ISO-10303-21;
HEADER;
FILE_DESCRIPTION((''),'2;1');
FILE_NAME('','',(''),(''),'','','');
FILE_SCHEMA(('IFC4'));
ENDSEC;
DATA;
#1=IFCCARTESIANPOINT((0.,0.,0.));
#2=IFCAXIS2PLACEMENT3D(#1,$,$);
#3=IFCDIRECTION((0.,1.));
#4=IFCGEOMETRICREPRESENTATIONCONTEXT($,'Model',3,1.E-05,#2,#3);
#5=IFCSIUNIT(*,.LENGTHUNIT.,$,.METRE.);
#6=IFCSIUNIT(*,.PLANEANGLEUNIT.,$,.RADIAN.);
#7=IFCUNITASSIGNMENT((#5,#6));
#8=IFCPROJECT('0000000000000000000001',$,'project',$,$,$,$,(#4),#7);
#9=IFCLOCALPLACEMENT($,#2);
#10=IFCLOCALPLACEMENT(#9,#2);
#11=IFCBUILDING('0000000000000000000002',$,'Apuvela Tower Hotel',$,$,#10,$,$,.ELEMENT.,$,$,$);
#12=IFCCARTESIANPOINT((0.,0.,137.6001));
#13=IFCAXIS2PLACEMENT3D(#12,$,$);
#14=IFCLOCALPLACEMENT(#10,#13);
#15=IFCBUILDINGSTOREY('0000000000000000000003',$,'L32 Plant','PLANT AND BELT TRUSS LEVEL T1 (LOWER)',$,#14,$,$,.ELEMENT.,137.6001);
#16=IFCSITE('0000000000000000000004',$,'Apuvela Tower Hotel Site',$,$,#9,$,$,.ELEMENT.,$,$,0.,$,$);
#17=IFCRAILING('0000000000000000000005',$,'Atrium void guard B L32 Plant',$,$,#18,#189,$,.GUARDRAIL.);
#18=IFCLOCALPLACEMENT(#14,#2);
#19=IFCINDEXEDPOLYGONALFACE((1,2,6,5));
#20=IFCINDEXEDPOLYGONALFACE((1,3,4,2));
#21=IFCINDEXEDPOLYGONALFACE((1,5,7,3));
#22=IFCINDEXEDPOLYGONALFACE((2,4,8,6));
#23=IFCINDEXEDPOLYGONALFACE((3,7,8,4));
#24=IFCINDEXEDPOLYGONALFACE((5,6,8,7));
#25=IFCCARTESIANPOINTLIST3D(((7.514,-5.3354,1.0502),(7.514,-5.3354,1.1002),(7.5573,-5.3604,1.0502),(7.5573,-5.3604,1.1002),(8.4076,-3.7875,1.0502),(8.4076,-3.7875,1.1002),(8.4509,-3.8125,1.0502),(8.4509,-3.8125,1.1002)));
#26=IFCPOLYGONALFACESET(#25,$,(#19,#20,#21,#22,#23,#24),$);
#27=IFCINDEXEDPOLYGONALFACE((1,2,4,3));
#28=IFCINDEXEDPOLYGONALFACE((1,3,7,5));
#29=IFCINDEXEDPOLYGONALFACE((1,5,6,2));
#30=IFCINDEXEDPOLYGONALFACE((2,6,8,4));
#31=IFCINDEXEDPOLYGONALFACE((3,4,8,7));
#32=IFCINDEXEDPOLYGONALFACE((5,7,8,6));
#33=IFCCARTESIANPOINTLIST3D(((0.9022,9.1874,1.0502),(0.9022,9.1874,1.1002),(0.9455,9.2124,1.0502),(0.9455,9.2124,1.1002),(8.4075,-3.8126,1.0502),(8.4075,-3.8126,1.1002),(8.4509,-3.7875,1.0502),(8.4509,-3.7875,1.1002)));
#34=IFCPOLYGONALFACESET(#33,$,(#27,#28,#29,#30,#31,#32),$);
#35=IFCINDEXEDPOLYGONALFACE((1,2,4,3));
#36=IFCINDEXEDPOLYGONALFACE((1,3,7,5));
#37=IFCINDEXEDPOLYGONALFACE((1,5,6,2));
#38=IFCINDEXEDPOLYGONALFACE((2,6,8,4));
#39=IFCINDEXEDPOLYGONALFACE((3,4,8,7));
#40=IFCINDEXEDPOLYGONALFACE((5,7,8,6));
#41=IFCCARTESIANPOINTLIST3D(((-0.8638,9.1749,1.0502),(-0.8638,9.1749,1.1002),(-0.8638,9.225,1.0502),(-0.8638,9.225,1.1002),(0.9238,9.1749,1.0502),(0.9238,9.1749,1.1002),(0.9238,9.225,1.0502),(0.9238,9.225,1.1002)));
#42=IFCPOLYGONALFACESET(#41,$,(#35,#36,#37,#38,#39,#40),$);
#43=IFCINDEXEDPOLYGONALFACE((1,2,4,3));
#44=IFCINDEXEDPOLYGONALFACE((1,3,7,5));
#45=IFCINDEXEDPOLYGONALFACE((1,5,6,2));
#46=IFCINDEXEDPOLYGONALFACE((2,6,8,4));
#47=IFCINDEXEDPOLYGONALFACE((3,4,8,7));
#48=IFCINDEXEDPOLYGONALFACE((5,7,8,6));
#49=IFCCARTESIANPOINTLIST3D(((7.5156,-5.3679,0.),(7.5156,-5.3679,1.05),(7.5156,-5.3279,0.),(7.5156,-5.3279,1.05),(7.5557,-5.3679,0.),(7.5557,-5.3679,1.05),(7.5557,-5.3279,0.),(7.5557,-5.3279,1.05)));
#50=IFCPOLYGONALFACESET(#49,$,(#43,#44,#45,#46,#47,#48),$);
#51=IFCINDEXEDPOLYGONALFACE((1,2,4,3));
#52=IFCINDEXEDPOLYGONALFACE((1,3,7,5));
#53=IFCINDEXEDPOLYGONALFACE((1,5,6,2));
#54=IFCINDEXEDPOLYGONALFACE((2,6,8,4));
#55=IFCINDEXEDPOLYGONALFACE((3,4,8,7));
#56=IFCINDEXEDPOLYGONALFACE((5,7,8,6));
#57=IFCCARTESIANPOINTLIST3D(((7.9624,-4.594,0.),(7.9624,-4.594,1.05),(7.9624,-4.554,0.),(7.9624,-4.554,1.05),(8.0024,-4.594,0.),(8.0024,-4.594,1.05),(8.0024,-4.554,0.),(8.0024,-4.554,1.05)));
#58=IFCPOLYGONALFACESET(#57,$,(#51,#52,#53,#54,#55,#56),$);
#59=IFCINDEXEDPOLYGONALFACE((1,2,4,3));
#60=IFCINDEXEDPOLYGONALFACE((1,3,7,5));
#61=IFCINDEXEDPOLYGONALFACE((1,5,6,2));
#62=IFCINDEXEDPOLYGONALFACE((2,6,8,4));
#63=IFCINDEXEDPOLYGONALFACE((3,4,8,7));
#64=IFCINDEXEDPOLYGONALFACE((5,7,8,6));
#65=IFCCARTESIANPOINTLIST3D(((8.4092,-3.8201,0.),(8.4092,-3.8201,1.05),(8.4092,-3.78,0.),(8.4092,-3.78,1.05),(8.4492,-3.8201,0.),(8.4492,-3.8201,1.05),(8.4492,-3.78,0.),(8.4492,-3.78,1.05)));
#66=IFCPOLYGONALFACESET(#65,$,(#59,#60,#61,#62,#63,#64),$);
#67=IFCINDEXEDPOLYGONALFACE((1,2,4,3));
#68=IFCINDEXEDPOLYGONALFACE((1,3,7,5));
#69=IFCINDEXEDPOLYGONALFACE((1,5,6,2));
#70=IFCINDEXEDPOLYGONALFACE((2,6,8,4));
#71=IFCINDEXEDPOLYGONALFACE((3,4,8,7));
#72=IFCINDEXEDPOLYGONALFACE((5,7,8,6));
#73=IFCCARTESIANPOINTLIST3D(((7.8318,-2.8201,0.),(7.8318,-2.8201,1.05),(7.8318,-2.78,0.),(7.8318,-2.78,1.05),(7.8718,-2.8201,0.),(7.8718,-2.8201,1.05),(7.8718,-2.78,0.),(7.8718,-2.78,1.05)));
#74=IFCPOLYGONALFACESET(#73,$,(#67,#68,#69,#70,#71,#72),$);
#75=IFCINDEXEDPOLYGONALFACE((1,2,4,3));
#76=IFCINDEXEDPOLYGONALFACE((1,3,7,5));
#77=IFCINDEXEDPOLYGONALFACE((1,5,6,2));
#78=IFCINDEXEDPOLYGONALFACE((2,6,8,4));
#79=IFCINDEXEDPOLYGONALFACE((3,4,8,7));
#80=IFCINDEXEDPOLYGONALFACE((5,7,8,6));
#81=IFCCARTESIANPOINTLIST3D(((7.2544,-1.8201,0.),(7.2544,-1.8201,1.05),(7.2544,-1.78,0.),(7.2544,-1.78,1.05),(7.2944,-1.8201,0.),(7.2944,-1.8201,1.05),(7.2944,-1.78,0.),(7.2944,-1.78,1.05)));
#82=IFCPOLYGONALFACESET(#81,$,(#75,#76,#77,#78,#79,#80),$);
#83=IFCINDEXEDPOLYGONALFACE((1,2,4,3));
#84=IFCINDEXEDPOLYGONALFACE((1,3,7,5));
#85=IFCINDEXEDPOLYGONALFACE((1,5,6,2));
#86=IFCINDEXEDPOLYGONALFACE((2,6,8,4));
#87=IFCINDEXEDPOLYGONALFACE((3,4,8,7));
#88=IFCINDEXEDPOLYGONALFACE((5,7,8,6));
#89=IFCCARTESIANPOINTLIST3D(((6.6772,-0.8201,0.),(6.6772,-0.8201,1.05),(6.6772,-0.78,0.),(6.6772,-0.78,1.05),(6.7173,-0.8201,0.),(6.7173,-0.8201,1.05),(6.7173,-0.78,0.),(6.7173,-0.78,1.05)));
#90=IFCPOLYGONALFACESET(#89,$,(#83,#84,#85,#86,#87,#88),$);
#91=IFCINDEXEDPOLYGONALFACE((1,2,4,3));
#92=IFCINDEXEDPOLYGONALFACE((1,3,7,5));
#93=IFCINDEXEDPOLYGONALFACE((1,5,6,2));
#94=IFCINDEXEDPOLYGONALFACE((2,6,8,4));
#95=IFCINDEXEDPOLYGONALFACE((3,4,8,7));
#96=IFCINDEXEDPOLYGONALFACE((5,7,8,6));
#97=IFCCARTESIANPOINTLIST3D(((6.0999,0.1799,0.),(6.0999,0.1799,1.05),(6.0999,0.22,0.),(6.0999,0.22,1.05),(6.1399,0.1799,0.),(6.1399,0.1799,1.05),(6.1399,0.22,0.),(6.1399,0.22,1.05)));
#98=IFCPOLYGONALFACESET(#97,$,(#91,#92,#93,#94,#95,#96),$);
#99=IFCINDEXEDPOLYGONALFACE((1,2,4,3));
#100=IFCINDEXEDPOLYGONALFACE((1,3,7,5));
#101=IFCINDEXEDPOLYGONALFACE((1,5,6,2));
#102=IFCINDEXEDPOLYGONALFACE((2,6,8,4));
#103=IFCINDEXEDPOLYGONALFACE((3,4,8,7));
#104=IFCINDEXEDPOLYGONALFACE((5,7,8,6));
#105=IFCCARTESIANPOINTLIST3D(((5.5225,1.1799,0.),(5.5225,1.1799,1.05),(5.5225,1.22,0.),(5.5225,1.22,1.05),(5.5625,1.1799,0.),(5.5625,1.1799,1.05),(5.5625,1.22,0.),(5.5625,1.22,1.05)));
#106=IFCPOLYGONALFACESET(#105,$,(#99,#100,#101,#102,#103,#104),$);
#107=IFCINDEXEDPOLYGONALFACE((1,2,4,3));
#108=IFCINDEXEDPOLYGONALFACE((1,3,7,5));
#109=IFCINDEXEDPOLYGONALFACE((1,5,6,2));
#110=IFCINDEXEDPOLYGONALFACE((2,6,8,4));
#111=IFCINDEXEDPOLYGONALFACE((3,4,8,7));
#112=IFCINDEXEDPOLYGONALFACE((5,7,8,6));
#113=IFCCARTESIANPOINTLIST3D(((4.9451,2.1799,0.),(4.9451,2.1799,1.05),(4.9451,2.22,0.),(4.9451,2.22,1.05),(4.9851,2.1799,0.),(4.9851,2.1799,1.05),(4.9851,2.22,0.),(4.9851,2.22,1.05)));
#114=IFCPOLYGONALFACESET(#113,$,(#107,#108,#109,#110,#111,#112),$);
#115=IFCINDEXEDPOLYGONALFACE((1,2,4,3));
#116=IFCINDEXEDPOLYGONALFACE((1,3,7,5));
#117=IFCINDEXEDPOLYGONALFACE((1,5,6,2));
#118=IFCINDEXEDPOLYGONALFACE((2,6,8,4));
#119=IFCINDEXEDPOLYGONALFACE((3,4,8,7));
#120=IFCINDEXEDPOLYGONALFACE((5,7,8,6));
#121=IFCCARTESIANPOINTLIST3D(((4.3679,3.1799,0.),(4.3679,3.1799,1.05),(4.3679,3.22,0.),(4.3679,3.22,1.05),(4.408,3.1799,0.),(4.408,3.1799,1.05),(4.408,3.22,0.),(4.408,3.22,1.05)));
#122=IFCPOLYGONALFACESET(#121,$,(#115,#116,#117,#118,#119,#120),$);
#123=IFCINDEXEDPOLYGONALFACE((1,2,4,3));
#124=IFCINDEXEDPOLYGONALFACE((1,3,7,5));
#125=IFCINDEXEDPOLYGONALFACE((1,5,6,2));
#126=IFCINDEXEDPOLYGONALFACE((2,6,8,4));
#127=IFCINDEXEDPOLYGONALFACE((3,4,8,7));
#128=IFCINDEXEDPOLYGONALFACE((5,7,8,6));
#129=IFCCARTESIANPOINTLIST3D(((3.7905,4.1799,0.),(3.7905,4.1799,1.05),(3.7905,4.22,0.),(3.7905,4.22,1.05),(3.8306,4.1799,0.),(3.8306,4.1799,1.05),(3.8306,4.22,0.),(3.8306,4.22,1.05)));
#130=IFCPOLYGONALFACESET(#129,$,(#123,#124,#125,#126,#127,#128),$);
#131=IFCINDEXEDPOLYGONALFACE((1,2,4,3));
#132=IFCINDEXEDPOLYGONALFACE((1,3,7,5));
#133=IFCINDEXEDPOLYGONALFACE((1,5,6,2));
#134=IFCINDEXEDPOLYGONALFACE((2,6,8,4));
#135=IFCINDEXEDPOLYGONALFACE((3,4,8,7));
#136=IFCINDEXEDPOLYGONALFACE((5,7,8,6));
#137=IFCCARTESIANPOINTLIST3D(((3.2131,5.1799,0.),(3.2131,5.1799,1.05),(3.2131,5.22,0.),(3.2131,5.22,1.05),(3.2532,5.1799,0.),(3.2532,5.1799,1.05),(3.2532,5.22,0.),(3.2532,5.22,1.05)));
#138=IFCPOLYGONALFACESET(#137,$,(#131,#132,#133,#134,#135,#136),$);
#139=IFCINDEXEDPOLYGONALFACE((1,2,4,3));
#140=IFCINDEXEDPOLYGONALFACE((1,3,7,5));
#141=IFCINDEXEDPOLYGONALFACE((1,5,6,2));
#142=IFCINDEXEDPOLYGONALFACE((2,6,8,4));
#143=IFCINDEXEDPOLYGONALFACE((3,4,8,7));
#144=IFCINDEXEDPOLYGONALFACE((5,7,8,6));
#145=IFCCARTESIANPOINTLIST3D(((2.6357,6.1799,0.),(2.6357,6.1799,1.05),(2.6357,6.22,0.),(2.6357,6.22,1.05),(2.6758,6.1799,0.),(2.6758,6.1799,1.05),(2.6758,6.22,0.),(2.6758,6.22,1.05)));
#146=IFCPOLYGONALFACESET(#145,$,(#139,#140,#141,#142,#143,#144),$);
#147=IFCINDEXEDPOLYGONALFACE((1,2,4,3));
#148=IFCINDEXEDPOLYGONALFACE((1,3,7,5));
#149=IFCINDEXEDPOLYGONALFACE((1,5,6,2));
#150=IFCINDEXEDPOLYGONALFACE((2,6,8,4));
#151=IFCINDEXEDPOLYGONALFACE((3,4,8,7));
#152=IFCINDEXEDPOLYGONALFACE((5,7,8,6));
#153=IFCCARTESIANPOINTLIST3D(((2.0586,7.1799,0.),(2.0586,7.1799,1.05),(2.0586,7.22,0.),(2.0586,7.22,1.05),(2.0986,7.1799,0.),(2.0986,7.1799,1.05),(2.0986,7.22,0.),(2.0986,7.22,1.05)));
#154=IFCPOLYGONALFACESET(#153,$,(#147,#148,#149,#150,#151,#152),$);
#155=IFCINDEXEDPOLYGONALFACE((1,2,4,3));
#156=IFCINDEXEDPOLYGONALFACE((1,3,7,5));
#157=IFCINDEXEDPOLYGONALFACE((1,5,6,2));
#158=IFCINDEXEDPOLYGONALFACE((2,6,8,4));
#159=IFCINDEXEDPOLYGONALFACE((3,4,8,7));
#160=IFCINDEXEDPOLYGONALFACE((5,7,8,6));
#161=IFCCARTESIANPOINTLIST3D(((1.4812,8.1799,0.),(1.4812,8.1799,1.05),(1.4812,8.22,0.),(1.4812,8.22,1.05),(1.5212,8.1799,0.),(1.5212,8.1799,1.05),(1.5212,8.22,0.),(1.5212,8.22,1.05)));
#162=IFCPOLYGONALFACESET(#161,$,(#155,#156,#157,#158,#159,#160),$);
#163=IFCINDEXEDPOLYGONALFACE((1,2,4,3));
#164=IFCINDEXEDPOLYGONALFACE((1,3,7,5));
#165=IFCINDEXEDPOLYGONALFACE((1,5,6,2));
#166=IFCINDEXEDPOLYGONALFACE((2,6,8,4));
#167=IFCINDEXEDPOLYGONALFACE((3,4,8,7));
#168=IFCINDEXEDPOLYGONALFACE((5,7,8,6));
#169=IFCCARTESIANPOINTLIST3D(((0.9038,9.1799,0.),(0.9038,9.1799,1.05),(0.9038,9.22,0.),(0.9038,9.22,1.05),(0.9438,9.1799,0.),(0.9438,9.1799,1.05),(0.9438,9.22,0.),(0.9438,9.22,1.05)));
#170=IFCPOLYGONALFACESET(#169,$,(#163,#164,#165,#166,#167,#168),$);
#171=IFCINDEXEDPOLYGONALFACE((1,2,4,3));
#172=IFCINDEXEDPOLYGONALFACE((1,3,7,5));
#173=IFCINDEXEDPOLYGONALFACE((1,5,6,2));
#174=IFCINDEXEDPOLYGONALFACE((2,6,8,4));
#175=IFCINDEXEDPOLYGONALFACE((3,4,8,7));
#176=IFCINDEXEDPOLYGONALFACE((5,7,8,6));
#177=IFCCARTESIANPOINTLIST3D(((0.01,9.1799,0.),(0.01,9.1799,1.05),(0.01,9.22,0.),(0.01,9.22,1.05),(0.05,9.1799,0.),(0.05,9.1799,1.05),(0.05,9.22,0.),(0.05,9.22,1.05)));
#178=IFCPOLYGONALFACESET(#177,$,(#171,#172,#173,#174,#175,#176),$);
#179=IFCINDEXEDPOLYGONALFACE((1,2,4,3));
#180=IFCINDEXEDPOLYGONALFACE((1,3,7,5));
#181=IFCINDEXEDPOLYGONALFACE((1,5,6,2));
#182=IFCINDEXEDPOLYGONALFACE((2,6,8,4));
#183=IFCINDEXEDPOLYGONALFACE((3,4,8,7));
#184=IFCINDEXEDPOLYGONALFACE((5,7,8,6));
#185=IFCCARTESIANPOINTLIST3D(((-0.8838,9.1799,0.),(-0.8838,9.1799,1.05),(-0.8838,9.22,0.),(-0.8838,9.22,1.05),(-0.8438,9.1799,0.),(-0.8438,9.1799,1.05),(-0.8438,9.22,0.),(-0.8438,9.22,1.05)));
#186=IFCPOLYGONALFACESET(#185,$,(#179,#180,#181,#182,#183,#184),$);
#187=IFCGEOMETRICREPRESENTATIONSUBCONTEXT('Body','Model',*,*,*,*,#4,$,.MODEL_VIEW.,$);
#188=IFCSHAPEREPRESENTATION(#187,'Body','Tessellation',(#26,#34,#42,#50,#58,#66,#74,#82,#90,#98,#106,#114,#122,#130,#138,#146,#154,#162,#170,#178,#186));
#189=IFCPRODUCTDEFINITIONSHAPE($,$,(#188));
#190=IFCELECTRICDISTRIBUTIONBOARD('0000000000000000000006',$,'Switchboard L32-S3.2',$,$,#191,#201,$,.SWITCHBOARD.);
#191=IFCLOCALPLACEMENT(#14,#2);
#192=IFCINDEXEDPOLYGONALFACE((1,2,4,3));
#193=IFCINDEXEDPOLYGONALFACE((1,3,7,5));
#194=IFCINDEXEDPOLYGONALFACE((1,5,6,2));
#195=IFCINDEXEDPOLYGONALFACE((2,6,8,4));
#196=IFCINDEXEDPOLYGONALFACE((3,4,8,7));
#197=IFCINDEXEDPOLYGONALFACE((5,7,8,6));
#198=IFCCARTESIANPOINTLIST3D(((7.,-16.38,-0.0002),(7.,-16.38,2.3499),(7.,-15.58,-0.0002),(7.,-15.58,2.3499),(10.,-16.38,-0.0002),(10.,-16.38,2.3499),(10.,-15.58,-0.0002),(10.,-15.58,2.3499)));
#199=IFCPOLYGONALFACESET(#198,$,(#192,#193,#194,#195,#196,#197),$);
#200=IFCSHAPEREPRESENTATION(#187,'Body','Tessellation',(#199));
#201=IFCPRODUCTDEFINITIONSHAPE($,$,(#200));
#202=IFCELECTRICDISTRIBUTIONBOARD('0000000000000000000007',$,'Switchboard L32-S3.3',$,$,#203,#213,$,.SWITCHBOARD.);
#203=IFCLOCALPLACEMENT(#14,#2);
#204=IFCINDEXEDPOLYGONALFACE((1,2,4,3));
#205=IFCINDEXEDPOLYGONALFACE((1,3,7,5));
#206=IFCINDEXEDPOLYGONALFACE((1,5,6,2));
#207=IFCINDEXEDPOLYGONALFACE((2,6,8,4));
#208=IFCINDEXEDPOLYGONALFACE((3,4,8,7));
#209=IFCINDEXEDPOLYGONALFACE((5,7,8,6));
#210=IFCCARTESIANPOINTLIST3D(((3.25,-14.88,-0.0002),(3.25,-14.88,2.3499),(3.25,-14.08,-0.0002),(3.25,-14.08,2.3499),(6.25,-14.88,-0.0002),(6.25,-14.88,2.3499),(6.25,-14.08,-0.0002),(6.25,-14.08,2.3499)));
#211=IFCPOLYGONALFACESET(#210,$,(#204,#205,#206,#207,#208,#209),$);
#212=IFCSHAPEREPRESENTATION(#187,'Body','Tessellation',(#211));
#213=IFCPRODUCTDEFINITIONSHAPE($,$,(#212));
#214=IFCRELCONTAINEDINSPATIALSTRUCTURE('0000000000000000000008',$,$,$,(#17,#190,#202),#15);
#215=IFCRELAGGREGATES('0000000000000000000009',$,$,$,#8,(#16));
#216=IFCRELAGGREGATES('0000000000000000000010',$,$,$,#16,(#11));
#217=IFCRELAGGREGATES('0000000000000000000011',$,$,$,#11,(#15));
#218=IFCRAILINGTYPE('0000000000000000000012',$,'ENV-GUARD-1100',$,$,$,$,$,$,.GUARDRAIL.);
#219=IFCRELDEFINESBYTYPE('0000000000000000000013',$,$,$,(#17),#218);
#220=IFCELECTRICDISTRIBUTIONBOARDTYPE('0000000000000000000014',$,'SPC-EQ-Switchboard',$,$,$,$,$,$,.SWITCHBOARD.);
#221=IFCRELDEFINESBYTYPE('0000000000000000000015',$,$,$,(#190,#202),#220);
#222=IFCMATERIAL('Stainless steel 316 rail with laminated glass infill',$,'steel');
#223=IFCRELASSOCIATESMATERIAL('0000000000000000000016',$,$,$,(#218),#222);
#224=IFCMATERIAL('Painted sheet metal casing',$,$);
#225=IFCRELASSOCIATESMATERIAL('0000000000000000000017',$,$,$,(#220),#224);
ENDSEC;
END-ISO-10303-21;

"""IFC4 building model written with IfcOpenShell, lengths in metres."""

from ifc_helpers import new_model, si_unit, direction, frame, origin, origin_2d, place, context, subcontext, project, spatial, rectangle, extrude, material, type_object, element, save


model = new_model("IFC4")

# Units and contexts
model_context = context("Model", 3, precision=1e-05, world=origin(), true_north=direction((0.0, 1.0)))
body_context = subcontext(model_context, "Body", "Model", "MODEL_VIEW")
ifc_project = project(units=[si_unit("LENGTHUNIT", "METRE"), si_unit("PLANEANGLEUNIT", "RADIAN")], contexts=[model_context])

# Site, building, storey
site_placement = place(None, origin())
site = spatial("IfcSite", under=ifc_project, at=site_placement, Name="Apuvela Tower Hotel Site", CompositionType="ELEMENT", RefElevation=0.0)
building_placement = place(site_placement, origin())
building = spatial("IfcBuilding", under=site, at=building_placement, Name="Apuvela Tower Hotel", CompositionType="ELEMENT")
storey_placement = place(building_placement, frame((0.0, 0.0, 137.6001)))
storey = spatial("IfcBuildingStorey", under=building, at=storey_placement, Name="L32 Plant", Description="PLANT AND BELT TRUSS LEVEL T1 (LOWER)", CompositionType="ELEMENT", Elevation=137.6001)

# Railing
ifc_material_1 = material(Name="Stainless steel 316 rail with laminated glass infill", Category="steel")
railing_type_1 = type_object("IfcRailingType", Name="ENV-GUARD-1100", PredefinedType="GUARDRAIL", material=ifc_material_1)
railing_1_placement = place(storey_placement, frame((7.5356, -5.3479, 0.0)))
element("IfcRailing", 1, at=railing_1_placement, inside=storey, type_object=railing_type_1, Name="Atrium void guard B L32 Plant", PredefinedType="GUARDRAIL", context=body_context, shape_type="SweptSolid", body=[
    extrude(rectangle(XDim=0.05, YDim=0.05, at=origin_2d()), frame((0.0, 0.0, 1.0752), z_axis=(0.499959, 0.866049, 0.0), x_axis=(-0.866049, 0.499959, 0.0)), (0.0, 0.0, 1.0), 1.7874),
    extrude(rectangle(XDim=0.05, YDim=0.05, at=origin_2d()), frame((0.8936, 1.5479, 1.0752), z_axis=(-0.499991, 0.866031, 0.0), x_axis=(-0.866031, -0.499991, 0.0)), (0.0, 0.0, 1.0), 15.011),
    extrude(rectangle(XDim=0.05, YDim=0.05, at=origin_2d()), frame((-6.6118, 14.5479, 1.0752), z_axis=(-1.0, 0.0, 0.0), x_axis=(0.0, -1.0, 0.0)), (0.0, 0.0, 1.0), 1.7876),
    extrude(rectangle(XDim=0.04, YDim=0.04, at=origin_2d()), origin(), (0.0, 0.0, 1.0), 1.05),
    extrude(rectangle(XDim=0.04, YDim=0.04, at=origin_2d()), frame((0.4468, 0.7739, 0.0)), (0.0, 0.0, 1.0), 1.05),
    extrude(rectangle(XDim=0.04, YDim=0.04, at=origin_2d()), frame((0.8936, 1.5479, 0.0)), (0.0, 0.0, 1.0), 1.05),
    extrude(rectangle(XDim=0.04, YDim=0.04, at=origin_2d()), frame((0.3162, 2.5479, 0.0)), (0.0, 0.0, 1.0), 1.05),
    extrude(rectangle(XDim=0.04, YDim=0.04, at=origin_2d()), frame((-0.2612, 3.5479, 0.0)), (0.0, 0.0, 1.0), 1.05),
    extrude(rectangle(XDim=0.04, YDim=0.04, at=origin_2d()), frame((-0.8384, 4.5479, 0.0)), (0.0, 0.0, 1.0), 1.05),
    extrude(rectangle(XDim=0.04, YDim=0.04, at=origin_2d()), frame((-1.4158, 5.5479, 0.0)), (0.0, 0.0, 1.0), 1.05),
    extrude(rectangle(XDim=0.04, YDim=0.04, at=origin_2d()), frame((-1.9932, 6.5479, 0.0)), (0.0, 0.0, 1.0), 1.05),
    extrude(rectangle(XDim=0.04, YDim=0.04, at=origin_2d()), frame((-2.5706, 7.5479, 0.0)), (0.0, 0.0, 1.0), 1.05),
    extrude(rectangle(XDim=0.04, YDim=0.04, at=origin_2d()), frame((-3.1477, 8.5479, 0.0)), (0.0, 0.0, 1.0), 1.05),
    extrude(rectangle(XDim=0.04, YDim=0.04, at=origin_2d()), frame((-3.7251, 9.5479, 0.0)), (0.0, 0.0, 1.0), 1.05),
    extrude(rectangle(XDim=0.04, YDim=0.04, at=origin_2d()), frame((-4.3025, 10.5479, 0.0)), (0.0, 0.0, 1.0), 1.05),
    extrude(rectangle(XDim=0.04, YDim=0.04, at=origin_2d()), frame((-4.8799, 11.5479, 0.0)), (0.0, 0.0, 1.0), 1.05),
    extrude(rectangle(XDim=0.04, YDim=0.04, at=origin_2d()), frame((-5.457, 12.5479, 0.0)), (0.0, 0.0, 1.0), 1.05),
    extrude(rectangle(XDim=0.04, YDim=0.04, at=origin_2d()), frame((-6.0344, 13.5479, 0.0)), (0.0, 0.0, 1.0), 1.05),
    extrude(rectangle(XDim=0.04, YDim=0.04, at=origin_2d()), frame((-6.6118, 14.5479, 0.0)), (0.0, 0.0, 1.0), 1.05),
    extrude(rectangle(XDim=0.04, YDim=0.04, at=origin_2d()), frame((-7.5056, 14.5479, 0.0)), (0.0, 0.0, 1.0), 1.05),
    extrude(rectangle(XDim=0.04, YDim=0.04, at=origin_2d()), frame((-8.3994, 14.5479, 0.0)), (0.0, 0.0, 1.0), 1.05),
])

# Electric distribution boards
ifc_material_2 = material(Name="Painted sheet metal casing")
electric_distribution_board_type = type_object("IfcElectricDistributionBoardType", Name="SPC-EQ-Switchboard", PredefinedType="SWITCHBOARD", material=ifc_material_2)
for number, where, z_axis, x_axis, name in (
    (2, (8.5, -15.98, -0.0002), (0.0, 0.0, 1.0), (1.0, 0.0, 0.0), "Switchboard L32-S3.2"),
    (3, (4.75, -14.48, -0.0002), (0.0, 0.0, 1.0), (1.0, 0.0, 0.0), "Switchboard L32-S3.3"),
):
    element("IfcElectricDistributionBoard", number, at=place(storey_placement, frame(where, z_axis=z_axis, x_axis=x_axis)), inside=storey, type_object=electric_distribution_board_type, Name=name, PredefinedType="SWITCHBOARD", context=body_context, shape_type="SweptSolid", body=[
        extrude(rectangle(XDim=3.0, YDim=0.8, at=origin_2d()), origin(), (0.0, 0.0, 1.0), 2.3501),
    ])

save(model, "model.ifc")
